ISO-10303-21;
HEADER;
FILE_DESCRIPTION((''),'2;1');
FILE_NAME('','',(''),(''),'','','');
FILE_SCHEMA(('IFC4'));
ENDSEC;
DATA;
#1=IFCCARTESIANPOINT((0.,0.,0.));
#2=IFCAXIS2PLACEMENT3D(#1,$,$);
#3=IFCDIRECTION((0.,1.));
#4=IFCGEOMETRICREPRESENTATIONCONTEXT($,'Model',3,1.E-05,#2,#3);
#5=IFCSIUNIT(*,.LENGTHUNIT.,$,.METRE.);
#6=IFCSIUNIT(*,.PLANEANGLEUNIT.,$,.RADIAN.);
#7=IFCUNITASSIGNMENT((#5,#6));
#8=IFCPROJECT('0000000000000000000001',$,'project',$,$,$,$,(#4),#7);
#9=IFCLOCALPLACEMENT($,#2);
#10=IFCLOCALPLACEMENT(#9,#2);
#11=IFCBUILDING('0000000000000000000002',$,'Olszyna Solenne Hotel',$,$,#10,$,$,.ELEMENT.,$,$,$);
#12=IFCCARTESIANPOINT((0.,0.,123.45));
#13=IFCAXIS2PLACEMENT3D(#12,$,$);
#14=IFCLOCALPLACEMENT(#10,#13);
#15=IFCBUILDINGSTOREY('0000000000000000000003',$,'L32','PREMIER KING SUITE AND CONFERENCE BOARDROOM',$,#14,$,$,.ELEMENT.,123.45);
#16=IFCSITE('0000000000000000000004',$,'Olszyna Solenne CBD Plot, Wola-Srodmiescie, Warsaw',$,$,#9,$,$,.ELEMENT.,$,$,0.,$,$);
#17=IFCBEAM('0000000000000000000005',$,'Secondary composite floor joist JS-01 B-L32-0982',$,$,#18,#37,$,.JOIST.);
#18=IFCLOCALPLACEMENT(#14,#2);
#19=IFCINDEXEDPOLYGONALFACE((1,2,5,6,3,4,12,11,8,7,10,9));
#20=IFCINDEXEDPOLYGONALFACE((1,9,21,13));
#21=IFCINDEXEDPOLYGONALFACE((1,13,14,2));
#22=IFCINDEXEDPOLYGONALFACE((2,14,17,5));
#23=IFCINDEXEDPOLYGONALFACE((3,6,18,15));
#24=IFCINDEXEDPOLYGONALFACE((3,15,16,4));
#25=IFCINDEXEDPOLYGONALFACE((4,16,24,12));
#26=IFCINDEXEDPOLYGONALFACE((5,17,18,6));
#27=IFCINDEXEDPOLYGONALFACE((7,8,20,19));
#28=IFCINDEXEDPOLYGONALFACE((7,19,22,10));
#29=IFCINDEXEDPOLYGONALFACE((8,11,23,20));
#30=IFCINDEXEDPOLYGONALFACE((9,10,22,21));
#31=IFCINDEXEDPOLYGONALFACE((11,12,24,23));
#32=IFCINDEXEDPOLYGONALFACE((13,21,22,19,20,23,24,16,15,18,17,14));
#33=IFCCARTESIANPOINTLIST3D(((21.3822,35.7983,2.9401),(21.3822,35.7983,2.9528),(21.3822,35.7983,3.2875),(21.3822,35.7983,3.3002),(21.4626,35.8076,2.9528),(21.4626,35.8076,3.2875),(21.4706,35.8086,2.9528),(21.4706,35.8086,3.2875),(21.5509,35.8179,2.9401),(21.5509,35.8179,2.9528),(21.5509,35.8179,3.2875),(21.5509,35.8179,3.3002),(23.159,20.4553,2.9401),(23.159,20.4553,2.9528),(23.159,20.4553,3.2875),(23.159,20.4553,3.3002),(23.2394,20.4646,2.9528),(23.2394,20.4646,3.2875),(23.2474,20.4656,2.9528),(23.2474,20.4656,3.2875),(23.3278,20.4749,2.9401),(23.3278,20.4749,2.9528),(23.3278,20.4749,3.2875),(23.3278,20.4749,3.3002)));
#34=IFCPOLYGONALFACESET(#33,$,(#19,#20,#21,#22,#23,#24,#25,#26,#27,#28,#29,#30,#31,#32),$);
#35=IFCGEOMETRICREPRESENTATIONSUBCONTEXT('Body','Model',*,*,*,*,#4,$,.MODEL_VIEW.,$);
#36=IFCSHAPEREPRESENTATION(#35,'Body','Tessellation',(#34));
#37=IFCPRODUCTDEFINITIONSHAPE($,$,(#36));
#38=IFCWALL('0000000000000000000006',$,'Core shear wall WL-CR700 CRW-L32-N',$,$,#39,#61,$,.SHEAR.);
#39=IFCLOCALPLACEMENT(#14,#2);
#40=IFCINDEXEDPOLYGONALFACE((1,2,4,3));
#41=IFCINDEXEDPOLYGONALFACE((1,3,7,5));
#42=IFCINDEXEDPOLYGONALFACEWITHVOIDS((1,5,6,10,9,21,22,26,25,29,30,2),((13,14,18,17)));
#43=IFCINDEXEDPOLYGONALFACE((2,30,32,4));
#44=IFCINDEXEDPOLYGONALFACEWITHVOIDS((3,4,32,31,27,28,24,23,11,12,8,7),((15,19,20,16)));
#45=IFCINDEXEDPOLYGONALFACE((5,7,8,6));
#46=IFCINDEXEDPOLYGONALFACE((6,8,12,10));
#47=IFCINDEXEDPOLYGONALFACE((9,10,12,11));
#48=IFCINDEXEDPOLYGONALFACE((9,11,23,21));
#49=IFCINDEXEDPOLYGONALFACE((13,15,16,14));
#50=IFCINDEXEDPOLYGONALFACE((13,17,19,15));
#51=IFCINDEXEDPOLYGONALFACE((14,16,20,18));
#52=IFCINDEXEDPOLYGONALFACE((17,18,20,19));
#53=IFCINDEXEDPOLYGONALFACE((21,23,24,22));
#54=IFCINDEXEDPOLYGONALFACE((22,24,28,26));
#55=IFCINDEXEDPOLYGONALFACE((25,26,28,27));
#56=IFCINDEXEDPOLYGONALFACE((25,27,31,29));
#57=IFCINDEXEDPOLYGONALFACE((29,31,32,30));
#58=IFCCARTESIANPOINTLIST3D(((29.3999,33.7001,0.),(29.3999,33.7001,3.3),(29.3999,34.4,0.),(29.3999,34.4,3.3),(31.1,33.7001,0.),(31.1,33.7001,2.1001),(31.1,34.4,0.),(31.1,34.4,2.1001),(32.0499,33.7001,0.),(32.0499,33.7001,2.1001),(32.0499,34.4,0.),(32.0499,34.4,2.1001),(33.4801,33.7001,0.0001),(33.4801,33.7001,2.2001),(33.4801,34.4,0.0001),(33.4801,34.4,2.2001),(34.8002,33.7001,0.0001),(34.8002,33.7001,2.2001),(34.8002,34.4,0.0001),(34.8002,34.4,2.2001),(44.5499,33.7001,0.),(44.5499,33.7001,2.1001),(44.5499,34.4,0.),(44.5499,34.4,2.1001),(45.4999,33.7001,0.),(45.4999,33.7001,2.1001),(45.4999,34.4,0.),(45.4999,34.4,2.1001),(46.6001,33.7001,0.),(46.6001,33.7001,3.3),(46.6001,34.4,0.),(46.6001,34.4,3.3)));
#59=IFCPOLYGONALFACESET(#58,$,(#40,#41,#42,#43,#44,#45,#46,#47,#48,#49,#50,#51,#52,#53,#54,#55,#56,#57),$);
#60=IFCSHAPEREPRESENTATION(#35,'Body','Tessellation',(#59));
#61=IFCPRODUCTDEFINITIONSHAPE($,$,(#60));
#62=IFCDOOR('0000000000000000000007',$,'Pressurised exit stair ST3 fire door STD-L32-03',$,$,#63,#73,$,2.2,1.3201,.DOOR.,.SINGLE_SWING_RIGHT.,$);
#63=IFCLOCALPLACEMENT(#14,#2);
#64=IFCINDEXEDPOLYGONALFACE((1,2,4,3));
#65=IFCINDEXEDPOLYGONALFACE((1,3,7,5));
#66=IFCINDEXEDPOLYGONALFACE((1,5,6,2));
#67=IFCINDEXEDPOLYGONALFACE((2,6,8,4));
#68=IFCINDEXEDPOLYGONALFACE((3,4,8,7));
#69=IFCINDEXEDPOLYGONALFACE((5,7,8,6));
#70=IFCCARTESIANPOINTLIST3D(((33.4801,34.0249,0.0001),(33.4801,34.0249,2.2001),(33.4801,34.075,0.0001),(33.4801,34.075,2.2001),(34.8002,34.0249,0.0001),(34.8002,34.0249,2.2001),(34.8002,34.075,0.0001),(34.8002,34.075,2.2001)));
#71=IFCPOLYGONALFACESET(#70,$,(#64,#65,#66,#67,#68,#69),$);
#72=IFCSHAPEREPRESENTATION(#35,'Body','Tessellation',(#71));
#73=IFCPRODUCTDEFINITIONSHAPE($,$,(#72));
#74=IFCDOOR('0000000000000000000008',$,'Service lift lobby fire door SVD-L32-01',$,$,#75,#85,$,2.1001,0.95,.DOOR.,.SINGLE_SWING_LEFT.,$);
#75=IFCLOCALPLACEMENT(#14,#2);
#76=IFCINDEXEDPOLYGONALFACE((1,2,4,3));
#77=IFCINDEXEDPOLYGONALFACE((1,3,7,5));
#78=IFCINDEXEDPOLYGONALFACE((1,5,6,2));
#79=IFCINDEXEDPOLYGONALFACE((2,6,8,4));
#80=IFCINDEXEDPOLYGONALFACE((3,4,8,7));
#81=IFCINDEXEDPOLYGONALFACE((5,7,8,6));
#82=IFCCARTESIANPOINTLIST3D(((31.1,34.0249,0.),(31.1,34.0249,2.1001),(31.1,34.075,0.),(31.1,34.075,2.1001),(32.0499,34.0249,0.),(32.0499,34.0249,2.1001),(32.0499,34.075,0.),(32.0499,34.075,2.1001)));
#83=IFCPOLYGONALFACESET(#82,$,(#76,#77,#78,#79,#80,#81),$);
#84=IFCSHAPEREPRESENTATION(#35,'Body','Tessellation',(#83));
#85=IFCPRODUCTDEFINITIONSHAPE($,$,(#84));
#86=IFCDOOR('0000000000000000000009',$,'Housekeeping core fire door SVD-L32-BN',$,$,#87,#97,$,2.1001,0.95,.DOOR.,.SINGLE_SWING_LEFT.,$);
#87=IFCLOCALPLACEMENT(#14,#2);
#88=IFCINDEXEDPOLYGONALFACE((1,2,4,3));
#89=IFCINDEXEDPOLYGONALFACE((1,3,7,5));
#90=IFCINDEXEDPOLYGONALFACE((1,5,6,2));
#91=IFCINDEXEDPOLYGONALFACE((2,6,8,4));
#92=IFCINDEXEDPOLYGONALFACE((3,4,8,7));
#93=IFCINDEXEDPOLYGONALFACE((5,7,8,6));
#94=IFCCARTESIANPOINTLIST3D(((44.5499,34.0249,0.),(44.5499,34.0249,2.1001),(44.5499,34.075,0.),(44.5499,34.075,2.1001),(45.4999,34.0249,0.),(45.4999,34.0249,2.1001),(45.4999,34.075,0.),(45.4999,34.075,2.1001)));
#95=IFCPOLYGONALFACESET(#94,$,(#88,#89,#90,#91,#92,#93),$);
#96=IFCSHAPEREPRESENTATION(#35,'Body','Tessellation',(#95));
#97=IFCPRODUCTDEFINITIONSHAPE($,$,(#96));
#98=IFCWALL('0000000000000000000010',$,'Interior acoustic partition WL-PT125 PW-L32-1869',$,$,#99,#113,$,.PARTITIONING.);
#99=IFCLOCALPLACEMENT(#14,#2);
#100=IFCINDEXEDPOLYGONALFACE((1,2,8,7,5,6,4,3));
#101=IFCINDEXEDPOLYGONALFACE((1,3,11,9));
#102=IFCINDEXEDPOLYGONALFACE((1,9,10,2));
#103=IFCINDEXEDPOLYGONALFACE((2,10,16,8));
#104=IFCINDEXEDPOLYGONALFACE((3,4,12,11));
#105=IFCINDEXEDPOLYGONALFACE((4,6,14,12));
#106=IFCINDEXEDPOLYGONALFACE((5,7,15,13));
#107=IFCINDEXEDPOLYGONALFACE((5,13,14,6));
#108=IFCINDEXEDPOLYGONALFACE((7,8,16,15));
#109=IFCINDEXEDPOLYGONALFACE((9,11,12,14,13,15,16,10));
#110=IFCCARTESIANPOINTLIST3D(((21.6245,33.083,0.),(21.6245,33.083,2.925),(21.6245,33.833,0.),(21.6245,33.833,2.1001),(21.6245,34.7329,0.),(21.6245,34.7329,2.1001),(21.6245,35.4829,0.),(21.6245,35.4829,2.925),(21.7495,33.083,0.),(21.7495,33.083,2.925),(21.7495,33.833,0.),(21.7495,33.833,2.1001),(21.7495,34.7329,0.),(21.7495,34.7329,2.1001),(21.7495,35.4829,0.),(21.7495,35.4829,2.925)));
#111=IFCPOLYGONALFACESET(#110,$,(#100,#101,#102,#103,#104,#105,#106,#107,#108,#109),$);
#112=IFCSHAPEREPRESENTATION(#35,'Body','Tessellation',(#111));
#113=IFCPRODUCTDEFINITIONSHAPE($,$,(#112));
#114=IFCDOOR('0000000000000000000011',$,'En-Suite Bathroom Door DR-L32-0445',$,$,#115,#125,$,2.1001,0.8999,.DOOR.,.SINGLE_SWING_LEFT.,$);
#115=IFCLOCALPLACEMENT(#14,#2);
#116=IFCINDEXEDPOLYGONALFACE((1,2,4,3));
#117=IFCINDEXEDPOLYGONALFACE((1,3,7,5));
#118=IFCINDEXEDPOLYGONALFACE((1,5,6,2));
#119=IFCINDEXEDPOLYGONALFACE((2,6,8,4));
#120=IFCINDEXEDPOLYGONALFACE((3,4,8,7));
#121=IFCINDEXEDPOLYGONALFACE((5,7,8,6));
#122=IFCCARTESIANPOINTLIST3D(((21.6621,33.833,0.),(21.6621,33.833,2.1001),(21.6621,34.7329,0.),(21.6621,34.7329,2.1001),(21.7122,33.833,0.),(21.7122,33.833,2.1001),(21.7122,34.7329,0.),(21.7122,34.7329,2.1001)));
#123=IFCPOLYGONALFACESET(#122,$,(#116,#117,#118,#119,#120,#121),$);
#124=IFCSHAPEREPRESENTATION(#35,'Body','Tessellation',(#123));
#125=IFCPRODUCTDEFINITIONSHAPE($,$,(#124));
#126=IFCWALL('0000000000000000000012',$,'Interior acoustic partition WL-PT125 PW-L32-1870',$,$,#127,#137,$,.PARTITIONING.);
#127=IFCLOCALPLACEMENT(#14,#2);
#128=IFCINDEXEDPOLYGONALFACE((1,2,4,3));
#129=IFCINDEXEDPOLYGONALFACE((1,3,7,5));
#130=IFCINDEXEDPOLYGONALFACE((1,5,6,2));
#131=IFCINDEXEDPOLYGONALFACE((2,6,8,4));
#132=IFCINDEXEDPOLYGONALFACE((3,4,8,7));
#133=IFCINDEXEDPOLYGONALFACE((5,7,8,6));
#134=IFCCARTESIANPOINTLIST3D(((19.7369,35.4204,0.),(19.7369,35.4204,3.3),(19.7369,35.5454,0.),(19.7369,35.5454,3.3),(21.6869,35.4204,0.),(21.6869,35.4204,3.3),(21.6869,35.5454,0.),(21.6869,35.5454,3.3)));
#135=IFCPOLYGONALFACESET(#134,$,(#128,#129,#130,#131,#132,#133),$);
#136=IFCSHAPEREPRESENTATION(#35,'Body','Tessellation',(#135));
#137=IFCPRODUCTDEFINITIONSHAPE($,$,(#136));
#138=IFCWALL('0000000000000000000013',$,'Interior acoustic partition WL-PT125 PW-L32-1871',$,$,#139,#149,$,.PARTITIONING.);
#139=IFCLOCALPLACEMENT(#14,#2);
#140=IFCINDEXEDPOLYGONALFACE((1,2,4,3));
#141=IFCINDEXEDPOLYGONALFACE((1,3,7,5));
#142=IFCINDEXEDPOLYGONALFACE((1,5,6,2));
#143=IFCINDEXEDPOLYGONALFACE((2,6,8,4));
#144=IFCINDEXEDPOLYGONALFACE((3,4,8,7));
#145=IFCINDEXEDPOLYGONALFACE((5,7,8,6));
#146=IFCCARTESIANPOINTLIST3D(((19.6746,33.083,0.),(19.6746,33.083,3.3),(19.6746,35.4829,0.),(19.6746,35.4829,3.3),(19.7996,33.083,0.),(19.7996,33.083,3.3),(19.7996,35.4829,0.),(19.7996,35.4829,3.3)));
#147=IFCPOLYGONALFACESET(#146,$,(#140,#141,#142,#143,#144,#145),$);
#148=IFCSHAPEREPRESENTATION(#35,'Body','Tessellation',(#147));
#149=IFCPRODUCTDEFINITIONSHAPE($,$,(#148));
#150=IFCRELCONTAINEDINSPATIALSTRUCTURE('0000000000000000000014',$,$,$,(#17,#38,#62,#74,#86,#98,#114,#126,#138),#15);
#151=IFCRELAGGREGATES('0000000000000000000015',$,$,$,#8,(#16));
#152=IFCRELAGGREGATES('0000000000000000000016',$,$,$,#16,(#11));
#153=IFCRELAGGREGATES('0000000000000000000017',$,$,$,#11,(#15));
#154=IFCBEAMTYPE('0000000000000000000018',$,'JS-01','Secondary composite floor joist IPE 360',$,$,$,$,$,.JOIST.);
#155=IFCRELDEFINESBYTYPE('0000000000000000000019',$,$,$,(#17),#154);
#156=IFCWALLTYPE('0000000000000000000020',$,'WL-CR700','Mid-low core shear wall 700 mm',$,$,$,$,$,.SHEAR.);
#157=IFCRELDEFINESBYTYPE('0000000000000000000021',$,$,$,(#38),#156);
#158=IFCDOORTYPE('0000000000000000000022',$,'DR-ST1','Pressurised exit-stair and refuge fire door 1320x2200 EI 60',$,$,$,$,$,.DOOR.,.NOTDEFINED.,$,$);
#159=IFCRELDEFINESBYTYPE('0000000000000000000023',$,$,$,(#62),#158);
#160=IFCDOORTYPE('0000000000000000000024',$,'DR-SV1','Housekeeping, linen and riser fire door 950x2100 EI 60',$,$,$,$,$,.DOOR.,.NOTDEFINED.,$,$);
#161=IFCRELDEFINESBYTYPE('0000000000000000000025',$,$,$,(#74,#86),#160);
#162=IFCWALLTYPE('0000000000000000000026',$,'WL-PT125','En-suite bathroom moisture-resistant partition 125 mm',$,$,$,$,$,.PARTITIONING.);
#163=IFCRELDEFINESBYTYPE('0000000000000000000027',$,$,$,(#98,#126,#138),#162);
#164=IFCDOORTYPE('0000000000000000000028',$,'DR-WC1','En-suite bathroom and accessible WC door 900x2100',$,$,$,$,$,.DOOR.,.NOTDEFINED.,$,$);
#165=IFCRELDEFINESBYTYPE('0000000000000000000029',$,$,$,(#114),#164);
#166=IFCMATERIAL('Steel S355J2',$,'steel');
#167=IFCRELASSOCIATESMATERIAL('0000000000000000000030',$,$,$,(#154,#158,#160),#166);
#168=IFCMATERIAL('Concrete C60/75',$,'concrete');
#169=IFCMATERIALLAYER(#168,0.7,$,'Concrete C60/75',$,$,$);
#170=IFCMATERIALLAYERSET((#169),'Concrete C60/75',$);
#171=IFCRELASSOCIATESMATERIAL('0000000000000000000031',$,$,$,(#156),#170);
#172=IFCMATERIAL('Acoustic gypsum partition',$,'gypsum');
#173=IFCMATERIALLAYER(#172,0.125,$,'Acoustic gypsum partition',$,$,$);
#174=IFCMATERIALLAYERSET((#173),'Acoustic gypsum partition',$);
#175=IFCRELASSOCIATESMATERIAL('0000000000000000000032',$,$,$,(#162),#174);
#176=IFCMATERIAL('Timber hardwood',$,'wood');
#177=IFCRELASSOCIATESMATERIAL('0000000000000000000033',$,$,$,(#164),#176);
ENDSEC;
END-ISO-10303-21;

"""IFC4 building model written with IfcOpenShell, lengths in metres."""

from ifc_helpers import new_model, si_unit, direction, frame, frame_2d, origin, origin_2d, place, context, subcontext, project, spatial, rectangle, i_section, extrude, source, transform, mapped, material, layer, layer_set, material_profile, profile_set, type_object, type_shapes, element, fill, save


model = new_model("IFC4")

# Units and contexts
model_context = context("Model", 3, precision=1e-05, world=origin(), true_north=direction((0.0, 1.0)))
body_context = subcontext(model_context, "Body", "Model", "MODEL_VIEW")
ifc_project = project(units=[si_unit("LENGTHUNIT", "METRE"), si_unit("PLANEANGLEUNIT", "RADIAN")], contexts=[model_context])

# Site, building, storey
site_placement = place(None, origin())
site = spatial("IfcSite", under=ifc_project, at=site_placement, Name="Olszyna Solenne CBD Plot, Wola-Srodmiescie, Warsaw", CompositionType="ELEMENT", RefElevation=0.0)
building_placement = place(site_placement, origin())
building = spatial("IfcBuilding", under=site, at=building_placement, Name="Olszyna Solenne Hotel", CompositionType="ELEMENT")
storey_placement = place(building_placement, frame((0.0, 0.0, 123.45)))
storey = spatial("IfcBuildingStorey", under=building, at=storey_placement, Name="L32", Description="PREMIER KING SUITE AND CONFERENCE BOARDROOM", CompositionType="ELEMENT", Elevation=123.45)

# Beam
ifc_material_1 = material(Name="Steel S355J2", Category="steel")
ifc_material_profile = material_profile(ifc_material_1, i_section(OverallWidth=0.1699, OverallDepth=0.3601, WebThickness=0.0081, FlangeThickness=0.0127, at=origin_2d()), Name="IPE 360", Category="load-bearing")
ifc_profile_set = profile_set([ifc_material_profile], Name="Steel S355J2")
beam_type = type_object("IfcBeamType", Name="JS-01", Description="Secondary composite floor joist IPE 360", PredefinedType="JOIST", material=ifc_profile_set)
shared_shape_1 = source(origin(), body_context, "Body", "SweptSolid", [
    extrude(i_section(OverallWidth=0.1699, OverallDepth=0.3601, WebThickness=0.0081, FlangeThickness=0.0127, at=origin_2d()), origin(), (0.0, 0.0, 1.0), 15.4456),
])
beam_placement = place(storey_placement, frame((21.4666, 35.8081, 3.1201), z_axis=(0.11504, -0.993361, 0.0), x_axis=(0.993361, 0.11504, 0.0)))
element("IfcBeam", 1, at=beam_placement, inside=storey, type_object=beam_type, Name="Secondary composite floor joist JS-01 B-L32-0982", PredefinedType="JOIST", context=body_context, shape_type="MappedRepresentation", body=[
    mapped(shared_shape_1, transform((0.0, 0.0, 0.0), x_axis=(1.0, 0.0, 0.0), y_axis=(0.0, 1.0, 0.0), z_axis=(0.0, 0.0, 1.0), scale=1.0)),
])

# Wall, openings, doors
ifc_material_2 = material(Name="Concrete C60/75", Category="concrete")
ifc_layer_1 = layer(ifc_material_2, 0.7, Name="Concrete C60/75")
ifc_layer_set_1 = layer_set([ifc_layer_1], Name="Concrete C60/75")
wall_type_1 = type_object("IfcWallType", Name="WL-CR700", Description="Mid-low core shear wall 700 mm", PredefinedType="SHEAR", material=ifc_layer_set_1)
wall_1_placement = place(storey_placement, frame((29.3999, 34.05, 0.0), z_axis=(0.0, 0.0, 1.0), x_axis=(1.0, 0.0, 0.0)))
wall_1 = element("IfcWall", 2, at=wall_1_placement, inside=storey, type_object=wall_type_1, Name="Core shear wall WL-CR700 CRW-L32-N", PredefinedType="SHEAR", context=body_context, shape_type="SweptSolid", body=[
    extrude(rectangle(XDim=17.2002, YDim=0.7, at=frame_2d((8.6001, 0.0))), origin(), (0.0, 0.0, 1.0), 3.3),
])
opening_1_placement = place(wall_1_placement, frame((1.7, 0.0, 0.0)))
opening_1 = element("IfcOpeningElement", 3, at=opening_1_placement, cuts=wall_1, PredefinedType="OPENING", context=body_context, shape_type="SweptSolid", body=[
    extrude(rectangle(XDim=0.95, YDim=2.1001, at=frame_2d((0.4751, 1.05))), frame((0.0, 0.3599, 0.0), z_axis=(0.0, -1.0, 0.0), x_axis=(1.0, 0.0, 0.0)), (0.0, 0.0, 1.0), 0.72),
])
opening_2_placement = place(wall_1_placement, frame((4.0801, 0.0, 0.0)))
opening_2 = element("IfcOpeningElement", 4, at=opening_2_placement, cuts=wall_1, PredefinedType="OPENING", context=body_context, shape_type="SweptSolid", body=[
    extrude(rectangle(XDim=1.3201, YDim=2.2, at=frame_2d((0.6602, 1.1001))), frame((0.0, 0.3599, 0.0), z_axis=(0.0, -1.0, 0.0), x_axis=(1.0, 0.0, 0.0)), (0.0, 0.0, 1.0), 0.72),
])
opening_3_placement = place(wall_1_placement, frame((15.1499, 0.0, 0.0)))
opening_3 = element("IfcOpeningElement", 5, at=opening_3_placement, cuts=wall_1, PredefinedType="OPENING", context=body_context, shape_type="SweptSolid", body=[
    extrude(rectangle(XDim=0.95, YDim=2.1001, at=frame_2d((0.4751, 1.05))), frame((0.0, 0.3599, 0.0), z_axis=(0.0, -1.0, 0.0), x_axis=(1.0, 0.0, 0.0)), (0.0, 0.0, 1.0), 0.72),
])
door_type_1 = type_object("IfcDoorType", Name="DR-ST1", Description="Pressurised exit-stair and refuge fire door 1320x2200 EI 60", OperationType="NOTDEFINED", PredefinedType="DOOR", material=ifc_material_1)
shared_shape_2 = source(origin(), body_context, "Body", "SweptSolid", [
    extrude(rectangle(XDim=1.3201, YDim=2.2, at=frame_2d((0.6602, 1.1001))), frame((0.0, 0.0249, 0.0), z_axis=(0.0, -1.0, 0.0), x_axis=(1.0, 0.0, 0.0)), (0.0, 0.0, 1.0), 0.05),
])
type_shapes(door_type_1, [shared_shape_2])
door_1_placement = place(opening_2_placement, origin())
door_1 = element("IfcDoor", 6, at=door_1_placement, inside=storey, type_object=door_type_1, Name="Pressurised exit stair ST3 fire door STD-L32-03", OperationType="SINGLE_SWING_RIGHT", OverallHeight=2.2, OverallWidth=1.3201, PredefinedType="DOOR", context=body_context, shape_type="MappedRepresentation", body=[
    mapped(shared_shape_2, transform((0.0, 0.0, 0.0), x_axis=(1.0, 0.0, 0.0), y_axis=(0.0, 1.0, 0.0), z_axis=(0.0, 0.0, 1.0), scale=1.0)),
])
fill(opening_2, door_1)
door_type_2 = type_object("IfcDoorType", Name="DR-SV1", Description="Housekeeping, linen and riser fire door 950x2100 EI 60", OperationType="NOTDEFINED", PredefinedType="DOOR", material=ifc_material_1)
shared_shape_3 = source(origin(), body_context, "Body", "SweptSolid", [
    extrude(rectangle(XDim=0.95, YDim=2.1001, at=frame_2d((0.4751, 1.05))), frame((0.0, 0.0249, 0.0), z_axis=(0.0, -1.0, 0.0), x_axis=(1.0, 0.0, 0.0)), (0.0, 0.0, 1.0), 0.05),
])
type_shapes(door_type_2, [shared_shape_3])
door_2_placement = place(opening_1_placement, origin())
door_2 = element("IfcDoor", 7, at=door_2_placement, inside=storey, type_object=door_type_2, Name="Service lift lobby fire door SVD-L32-01", OperationType="SINGLE_SWING_LEFT", OverallHeight=2.1001, OverallWidth=0.95, PredefinedType="DOOR", context=body_context, shape_type="MappedRepresentation", body=[
    mapped(shared_shape_3, transform((0.0, 0.0, 0.0), x_axis=(1.0, 0.0, 0.0), y_axis=(0.0, 1.0, 0.0), z_axis=(0.0, 0.0, 1.0), scale=1.0)),
])
fill(opening_1, door_2)
door_3_placement = place(opening_3_placement, origin())
door_3 = element("IfcDoor", 8, at=door_3_placement, inside=storey, type_object=door_type_2, Name="Housekeeping core fire door SVD-L32-BN", OperationType="SINGLE_SWING_LEFT", OverallHeight=2.1001, OverallWidth=0.95, PredefinedType="DOOR", context=body_context, shape_type="MappedRepresentation", body=[
    mapped(shared_shape_3, transform((0.0, 0.0, 0.0), x_axis=(1.0, 0.0, 0.0), y_axis=(0.0, 1.0, 0.0), z_axis=(0.0, 0.0, 1.0), scale=1.0)),
])
fill(opening_3, door_3)

# Wall, opening, door
ifc_material_3 = material(Name="Acoustic gypsum partition", Category="gypsum")
ifc_layer_2 = layer(ifc_material_3, 0.125, Name="Acoustic gypsum partition")
ifc_layer_set_2 = layer_set([ifc_layer_2], Name="Acoustic gypsum partition")
wall_type_2 = type_object("IfcWallType", Name="WL-PT125", Description="En-suite bathroom moisture-resistant partition 125 mm", PredefinedType="PARTITIONING", material=ifc_layer_set_2)
wall_2_placement = place(storey_placement, frame((21.687, 33.083, 0.0), z_axis=(0.0, 0.0, 1.0), x_axis=(0.0, 1.0, 0.0)))
wall_2 = element("IfcWall", 9, at=wall_2_placement, inside=storey, type_object=wall_type_2, Name="Interior acoustic partition WL-PT125 PW-L32-1869", PredefinedType="PARTITIONING", context=body_context, shape_type="SweptSolid", body=[
    extrude(rectangle(XDim=2.3999, YDim=0.125, at=frame_2d((1.2, 0.0))), origin(), (0.0, 0.0, 1.0), 2.925),
])
opening_4_placement = place(wall_2_placement, frame((0.75, 0.0, 0.0)))
opening_4 = element("IfcOpeningElement", 10, at=opening_4_placement, cuts=wall_2, PredefinedType="OPENING", context=body_context, shape_type="SweptSolid", body=[
    extrude(rectangle(XDim=0.8999, YDim=2.1001, at=frame_2d((0.45, 1.05))), frame((0.0, 0.0725, 0.0), z_axis=(0.0, -1.0, 0.0), x_axis=(1.0, 0.0, 0.0)), (0.0, 0.0, 1.0), 0.145),
])
ifc_material_4 = material(Name="Timber hardwood", Category="wood")
door_type_3 = type_object("IfcDoorType", Name="DR-WC1", Description="En-suite bathroom and accessible WC door 900x2100", OperationType="NOTDEFINED", PredefinedType="DOOR", material=ifc_material_4)
shared_shape_4 = source(origin(), body_context, "Body", "SweptSolid", [
    extrude(rectangle(XDim=0.8999, YDim=2.1001, at=frame_2d((0.45, 1.05))), frame((0.0, 0.0249, 0.0), z_axis=(0.0, -1.0, 0.0), x_axis=(1.0, 0.0, 0.0)), (0.0, 0.0, 1.0), 0.05),
])
type_shapes(door_type_3, [shared_shape_4])
door_4_placement = place(opening_4_placement, origin())
door_4 = element("IfcDoor", 11, at=door_4_placement, inside=storey, type_object=door_type_3, Name="En-Suite Bathroom Door DR-L32-0445", OperationType="SINGLE_SWING_LEFT", OverallHeight=2.1001, OverallWidth=0.8999, PredefinedType="DOOR", context=body_context, shape_type="MappedRepresentation", body=[
    mapped(shared_shape_4, transform((0.0, 0.0, 0.0), x_axis=(1.0, 0.0, 0.0), y_axis=(0.0, 1.0, 0.0), z_axis=(0.0, 0.0, 1.0), scale=1.0)),
])
fill(opening_4, door_4)

# Walls
wall_3_placement = place(storey_placement, frame((21.687, 35.4829, 0.0), z_axis=(0.0, 0.0, 1.0), x_axis=(-1.0, 0.0, 0.0)))
element("IfcWall", 12, at=wall_3_placement, inside=storey, type_object=wall_type_2, Name="Interior acoustic partition WL-PT125 PW-L32-1870", PredefinedType="PARTITIONING", context=body_context, shape_type="SweptSolid", body=[
    extrude(rectangle(XDim=1.95, YDim=0.125, at=frame_2d((0.9751, 0.0))), origin(), (0.0, 0.0, 1.0), 3.3),
])
wall_4_placement = place(storey_placement, frame((19.7371, 35.4829, 0.0), z_axis=(0.0, 0.0, 1.0), x_axis=(0.0, -1.0, 0.0)))
element("IfcWall", 13, at=wall_4_placement, inside=storey, type_object=wall_type_2, Name="Interior acoustic partition WL-PT125 PW-L32-1871", PredefinedType="PARTITIONING", context=body_context, shape_type="SweptSolid", body=[
    extrude(rectangle(XDim=2.3999, YDim=0.125, at=frame_2d((1.2, 0.0))), origin(), (0.0, 0.0, 1.0), 3.3),
])

save(model, "model.ifc")
